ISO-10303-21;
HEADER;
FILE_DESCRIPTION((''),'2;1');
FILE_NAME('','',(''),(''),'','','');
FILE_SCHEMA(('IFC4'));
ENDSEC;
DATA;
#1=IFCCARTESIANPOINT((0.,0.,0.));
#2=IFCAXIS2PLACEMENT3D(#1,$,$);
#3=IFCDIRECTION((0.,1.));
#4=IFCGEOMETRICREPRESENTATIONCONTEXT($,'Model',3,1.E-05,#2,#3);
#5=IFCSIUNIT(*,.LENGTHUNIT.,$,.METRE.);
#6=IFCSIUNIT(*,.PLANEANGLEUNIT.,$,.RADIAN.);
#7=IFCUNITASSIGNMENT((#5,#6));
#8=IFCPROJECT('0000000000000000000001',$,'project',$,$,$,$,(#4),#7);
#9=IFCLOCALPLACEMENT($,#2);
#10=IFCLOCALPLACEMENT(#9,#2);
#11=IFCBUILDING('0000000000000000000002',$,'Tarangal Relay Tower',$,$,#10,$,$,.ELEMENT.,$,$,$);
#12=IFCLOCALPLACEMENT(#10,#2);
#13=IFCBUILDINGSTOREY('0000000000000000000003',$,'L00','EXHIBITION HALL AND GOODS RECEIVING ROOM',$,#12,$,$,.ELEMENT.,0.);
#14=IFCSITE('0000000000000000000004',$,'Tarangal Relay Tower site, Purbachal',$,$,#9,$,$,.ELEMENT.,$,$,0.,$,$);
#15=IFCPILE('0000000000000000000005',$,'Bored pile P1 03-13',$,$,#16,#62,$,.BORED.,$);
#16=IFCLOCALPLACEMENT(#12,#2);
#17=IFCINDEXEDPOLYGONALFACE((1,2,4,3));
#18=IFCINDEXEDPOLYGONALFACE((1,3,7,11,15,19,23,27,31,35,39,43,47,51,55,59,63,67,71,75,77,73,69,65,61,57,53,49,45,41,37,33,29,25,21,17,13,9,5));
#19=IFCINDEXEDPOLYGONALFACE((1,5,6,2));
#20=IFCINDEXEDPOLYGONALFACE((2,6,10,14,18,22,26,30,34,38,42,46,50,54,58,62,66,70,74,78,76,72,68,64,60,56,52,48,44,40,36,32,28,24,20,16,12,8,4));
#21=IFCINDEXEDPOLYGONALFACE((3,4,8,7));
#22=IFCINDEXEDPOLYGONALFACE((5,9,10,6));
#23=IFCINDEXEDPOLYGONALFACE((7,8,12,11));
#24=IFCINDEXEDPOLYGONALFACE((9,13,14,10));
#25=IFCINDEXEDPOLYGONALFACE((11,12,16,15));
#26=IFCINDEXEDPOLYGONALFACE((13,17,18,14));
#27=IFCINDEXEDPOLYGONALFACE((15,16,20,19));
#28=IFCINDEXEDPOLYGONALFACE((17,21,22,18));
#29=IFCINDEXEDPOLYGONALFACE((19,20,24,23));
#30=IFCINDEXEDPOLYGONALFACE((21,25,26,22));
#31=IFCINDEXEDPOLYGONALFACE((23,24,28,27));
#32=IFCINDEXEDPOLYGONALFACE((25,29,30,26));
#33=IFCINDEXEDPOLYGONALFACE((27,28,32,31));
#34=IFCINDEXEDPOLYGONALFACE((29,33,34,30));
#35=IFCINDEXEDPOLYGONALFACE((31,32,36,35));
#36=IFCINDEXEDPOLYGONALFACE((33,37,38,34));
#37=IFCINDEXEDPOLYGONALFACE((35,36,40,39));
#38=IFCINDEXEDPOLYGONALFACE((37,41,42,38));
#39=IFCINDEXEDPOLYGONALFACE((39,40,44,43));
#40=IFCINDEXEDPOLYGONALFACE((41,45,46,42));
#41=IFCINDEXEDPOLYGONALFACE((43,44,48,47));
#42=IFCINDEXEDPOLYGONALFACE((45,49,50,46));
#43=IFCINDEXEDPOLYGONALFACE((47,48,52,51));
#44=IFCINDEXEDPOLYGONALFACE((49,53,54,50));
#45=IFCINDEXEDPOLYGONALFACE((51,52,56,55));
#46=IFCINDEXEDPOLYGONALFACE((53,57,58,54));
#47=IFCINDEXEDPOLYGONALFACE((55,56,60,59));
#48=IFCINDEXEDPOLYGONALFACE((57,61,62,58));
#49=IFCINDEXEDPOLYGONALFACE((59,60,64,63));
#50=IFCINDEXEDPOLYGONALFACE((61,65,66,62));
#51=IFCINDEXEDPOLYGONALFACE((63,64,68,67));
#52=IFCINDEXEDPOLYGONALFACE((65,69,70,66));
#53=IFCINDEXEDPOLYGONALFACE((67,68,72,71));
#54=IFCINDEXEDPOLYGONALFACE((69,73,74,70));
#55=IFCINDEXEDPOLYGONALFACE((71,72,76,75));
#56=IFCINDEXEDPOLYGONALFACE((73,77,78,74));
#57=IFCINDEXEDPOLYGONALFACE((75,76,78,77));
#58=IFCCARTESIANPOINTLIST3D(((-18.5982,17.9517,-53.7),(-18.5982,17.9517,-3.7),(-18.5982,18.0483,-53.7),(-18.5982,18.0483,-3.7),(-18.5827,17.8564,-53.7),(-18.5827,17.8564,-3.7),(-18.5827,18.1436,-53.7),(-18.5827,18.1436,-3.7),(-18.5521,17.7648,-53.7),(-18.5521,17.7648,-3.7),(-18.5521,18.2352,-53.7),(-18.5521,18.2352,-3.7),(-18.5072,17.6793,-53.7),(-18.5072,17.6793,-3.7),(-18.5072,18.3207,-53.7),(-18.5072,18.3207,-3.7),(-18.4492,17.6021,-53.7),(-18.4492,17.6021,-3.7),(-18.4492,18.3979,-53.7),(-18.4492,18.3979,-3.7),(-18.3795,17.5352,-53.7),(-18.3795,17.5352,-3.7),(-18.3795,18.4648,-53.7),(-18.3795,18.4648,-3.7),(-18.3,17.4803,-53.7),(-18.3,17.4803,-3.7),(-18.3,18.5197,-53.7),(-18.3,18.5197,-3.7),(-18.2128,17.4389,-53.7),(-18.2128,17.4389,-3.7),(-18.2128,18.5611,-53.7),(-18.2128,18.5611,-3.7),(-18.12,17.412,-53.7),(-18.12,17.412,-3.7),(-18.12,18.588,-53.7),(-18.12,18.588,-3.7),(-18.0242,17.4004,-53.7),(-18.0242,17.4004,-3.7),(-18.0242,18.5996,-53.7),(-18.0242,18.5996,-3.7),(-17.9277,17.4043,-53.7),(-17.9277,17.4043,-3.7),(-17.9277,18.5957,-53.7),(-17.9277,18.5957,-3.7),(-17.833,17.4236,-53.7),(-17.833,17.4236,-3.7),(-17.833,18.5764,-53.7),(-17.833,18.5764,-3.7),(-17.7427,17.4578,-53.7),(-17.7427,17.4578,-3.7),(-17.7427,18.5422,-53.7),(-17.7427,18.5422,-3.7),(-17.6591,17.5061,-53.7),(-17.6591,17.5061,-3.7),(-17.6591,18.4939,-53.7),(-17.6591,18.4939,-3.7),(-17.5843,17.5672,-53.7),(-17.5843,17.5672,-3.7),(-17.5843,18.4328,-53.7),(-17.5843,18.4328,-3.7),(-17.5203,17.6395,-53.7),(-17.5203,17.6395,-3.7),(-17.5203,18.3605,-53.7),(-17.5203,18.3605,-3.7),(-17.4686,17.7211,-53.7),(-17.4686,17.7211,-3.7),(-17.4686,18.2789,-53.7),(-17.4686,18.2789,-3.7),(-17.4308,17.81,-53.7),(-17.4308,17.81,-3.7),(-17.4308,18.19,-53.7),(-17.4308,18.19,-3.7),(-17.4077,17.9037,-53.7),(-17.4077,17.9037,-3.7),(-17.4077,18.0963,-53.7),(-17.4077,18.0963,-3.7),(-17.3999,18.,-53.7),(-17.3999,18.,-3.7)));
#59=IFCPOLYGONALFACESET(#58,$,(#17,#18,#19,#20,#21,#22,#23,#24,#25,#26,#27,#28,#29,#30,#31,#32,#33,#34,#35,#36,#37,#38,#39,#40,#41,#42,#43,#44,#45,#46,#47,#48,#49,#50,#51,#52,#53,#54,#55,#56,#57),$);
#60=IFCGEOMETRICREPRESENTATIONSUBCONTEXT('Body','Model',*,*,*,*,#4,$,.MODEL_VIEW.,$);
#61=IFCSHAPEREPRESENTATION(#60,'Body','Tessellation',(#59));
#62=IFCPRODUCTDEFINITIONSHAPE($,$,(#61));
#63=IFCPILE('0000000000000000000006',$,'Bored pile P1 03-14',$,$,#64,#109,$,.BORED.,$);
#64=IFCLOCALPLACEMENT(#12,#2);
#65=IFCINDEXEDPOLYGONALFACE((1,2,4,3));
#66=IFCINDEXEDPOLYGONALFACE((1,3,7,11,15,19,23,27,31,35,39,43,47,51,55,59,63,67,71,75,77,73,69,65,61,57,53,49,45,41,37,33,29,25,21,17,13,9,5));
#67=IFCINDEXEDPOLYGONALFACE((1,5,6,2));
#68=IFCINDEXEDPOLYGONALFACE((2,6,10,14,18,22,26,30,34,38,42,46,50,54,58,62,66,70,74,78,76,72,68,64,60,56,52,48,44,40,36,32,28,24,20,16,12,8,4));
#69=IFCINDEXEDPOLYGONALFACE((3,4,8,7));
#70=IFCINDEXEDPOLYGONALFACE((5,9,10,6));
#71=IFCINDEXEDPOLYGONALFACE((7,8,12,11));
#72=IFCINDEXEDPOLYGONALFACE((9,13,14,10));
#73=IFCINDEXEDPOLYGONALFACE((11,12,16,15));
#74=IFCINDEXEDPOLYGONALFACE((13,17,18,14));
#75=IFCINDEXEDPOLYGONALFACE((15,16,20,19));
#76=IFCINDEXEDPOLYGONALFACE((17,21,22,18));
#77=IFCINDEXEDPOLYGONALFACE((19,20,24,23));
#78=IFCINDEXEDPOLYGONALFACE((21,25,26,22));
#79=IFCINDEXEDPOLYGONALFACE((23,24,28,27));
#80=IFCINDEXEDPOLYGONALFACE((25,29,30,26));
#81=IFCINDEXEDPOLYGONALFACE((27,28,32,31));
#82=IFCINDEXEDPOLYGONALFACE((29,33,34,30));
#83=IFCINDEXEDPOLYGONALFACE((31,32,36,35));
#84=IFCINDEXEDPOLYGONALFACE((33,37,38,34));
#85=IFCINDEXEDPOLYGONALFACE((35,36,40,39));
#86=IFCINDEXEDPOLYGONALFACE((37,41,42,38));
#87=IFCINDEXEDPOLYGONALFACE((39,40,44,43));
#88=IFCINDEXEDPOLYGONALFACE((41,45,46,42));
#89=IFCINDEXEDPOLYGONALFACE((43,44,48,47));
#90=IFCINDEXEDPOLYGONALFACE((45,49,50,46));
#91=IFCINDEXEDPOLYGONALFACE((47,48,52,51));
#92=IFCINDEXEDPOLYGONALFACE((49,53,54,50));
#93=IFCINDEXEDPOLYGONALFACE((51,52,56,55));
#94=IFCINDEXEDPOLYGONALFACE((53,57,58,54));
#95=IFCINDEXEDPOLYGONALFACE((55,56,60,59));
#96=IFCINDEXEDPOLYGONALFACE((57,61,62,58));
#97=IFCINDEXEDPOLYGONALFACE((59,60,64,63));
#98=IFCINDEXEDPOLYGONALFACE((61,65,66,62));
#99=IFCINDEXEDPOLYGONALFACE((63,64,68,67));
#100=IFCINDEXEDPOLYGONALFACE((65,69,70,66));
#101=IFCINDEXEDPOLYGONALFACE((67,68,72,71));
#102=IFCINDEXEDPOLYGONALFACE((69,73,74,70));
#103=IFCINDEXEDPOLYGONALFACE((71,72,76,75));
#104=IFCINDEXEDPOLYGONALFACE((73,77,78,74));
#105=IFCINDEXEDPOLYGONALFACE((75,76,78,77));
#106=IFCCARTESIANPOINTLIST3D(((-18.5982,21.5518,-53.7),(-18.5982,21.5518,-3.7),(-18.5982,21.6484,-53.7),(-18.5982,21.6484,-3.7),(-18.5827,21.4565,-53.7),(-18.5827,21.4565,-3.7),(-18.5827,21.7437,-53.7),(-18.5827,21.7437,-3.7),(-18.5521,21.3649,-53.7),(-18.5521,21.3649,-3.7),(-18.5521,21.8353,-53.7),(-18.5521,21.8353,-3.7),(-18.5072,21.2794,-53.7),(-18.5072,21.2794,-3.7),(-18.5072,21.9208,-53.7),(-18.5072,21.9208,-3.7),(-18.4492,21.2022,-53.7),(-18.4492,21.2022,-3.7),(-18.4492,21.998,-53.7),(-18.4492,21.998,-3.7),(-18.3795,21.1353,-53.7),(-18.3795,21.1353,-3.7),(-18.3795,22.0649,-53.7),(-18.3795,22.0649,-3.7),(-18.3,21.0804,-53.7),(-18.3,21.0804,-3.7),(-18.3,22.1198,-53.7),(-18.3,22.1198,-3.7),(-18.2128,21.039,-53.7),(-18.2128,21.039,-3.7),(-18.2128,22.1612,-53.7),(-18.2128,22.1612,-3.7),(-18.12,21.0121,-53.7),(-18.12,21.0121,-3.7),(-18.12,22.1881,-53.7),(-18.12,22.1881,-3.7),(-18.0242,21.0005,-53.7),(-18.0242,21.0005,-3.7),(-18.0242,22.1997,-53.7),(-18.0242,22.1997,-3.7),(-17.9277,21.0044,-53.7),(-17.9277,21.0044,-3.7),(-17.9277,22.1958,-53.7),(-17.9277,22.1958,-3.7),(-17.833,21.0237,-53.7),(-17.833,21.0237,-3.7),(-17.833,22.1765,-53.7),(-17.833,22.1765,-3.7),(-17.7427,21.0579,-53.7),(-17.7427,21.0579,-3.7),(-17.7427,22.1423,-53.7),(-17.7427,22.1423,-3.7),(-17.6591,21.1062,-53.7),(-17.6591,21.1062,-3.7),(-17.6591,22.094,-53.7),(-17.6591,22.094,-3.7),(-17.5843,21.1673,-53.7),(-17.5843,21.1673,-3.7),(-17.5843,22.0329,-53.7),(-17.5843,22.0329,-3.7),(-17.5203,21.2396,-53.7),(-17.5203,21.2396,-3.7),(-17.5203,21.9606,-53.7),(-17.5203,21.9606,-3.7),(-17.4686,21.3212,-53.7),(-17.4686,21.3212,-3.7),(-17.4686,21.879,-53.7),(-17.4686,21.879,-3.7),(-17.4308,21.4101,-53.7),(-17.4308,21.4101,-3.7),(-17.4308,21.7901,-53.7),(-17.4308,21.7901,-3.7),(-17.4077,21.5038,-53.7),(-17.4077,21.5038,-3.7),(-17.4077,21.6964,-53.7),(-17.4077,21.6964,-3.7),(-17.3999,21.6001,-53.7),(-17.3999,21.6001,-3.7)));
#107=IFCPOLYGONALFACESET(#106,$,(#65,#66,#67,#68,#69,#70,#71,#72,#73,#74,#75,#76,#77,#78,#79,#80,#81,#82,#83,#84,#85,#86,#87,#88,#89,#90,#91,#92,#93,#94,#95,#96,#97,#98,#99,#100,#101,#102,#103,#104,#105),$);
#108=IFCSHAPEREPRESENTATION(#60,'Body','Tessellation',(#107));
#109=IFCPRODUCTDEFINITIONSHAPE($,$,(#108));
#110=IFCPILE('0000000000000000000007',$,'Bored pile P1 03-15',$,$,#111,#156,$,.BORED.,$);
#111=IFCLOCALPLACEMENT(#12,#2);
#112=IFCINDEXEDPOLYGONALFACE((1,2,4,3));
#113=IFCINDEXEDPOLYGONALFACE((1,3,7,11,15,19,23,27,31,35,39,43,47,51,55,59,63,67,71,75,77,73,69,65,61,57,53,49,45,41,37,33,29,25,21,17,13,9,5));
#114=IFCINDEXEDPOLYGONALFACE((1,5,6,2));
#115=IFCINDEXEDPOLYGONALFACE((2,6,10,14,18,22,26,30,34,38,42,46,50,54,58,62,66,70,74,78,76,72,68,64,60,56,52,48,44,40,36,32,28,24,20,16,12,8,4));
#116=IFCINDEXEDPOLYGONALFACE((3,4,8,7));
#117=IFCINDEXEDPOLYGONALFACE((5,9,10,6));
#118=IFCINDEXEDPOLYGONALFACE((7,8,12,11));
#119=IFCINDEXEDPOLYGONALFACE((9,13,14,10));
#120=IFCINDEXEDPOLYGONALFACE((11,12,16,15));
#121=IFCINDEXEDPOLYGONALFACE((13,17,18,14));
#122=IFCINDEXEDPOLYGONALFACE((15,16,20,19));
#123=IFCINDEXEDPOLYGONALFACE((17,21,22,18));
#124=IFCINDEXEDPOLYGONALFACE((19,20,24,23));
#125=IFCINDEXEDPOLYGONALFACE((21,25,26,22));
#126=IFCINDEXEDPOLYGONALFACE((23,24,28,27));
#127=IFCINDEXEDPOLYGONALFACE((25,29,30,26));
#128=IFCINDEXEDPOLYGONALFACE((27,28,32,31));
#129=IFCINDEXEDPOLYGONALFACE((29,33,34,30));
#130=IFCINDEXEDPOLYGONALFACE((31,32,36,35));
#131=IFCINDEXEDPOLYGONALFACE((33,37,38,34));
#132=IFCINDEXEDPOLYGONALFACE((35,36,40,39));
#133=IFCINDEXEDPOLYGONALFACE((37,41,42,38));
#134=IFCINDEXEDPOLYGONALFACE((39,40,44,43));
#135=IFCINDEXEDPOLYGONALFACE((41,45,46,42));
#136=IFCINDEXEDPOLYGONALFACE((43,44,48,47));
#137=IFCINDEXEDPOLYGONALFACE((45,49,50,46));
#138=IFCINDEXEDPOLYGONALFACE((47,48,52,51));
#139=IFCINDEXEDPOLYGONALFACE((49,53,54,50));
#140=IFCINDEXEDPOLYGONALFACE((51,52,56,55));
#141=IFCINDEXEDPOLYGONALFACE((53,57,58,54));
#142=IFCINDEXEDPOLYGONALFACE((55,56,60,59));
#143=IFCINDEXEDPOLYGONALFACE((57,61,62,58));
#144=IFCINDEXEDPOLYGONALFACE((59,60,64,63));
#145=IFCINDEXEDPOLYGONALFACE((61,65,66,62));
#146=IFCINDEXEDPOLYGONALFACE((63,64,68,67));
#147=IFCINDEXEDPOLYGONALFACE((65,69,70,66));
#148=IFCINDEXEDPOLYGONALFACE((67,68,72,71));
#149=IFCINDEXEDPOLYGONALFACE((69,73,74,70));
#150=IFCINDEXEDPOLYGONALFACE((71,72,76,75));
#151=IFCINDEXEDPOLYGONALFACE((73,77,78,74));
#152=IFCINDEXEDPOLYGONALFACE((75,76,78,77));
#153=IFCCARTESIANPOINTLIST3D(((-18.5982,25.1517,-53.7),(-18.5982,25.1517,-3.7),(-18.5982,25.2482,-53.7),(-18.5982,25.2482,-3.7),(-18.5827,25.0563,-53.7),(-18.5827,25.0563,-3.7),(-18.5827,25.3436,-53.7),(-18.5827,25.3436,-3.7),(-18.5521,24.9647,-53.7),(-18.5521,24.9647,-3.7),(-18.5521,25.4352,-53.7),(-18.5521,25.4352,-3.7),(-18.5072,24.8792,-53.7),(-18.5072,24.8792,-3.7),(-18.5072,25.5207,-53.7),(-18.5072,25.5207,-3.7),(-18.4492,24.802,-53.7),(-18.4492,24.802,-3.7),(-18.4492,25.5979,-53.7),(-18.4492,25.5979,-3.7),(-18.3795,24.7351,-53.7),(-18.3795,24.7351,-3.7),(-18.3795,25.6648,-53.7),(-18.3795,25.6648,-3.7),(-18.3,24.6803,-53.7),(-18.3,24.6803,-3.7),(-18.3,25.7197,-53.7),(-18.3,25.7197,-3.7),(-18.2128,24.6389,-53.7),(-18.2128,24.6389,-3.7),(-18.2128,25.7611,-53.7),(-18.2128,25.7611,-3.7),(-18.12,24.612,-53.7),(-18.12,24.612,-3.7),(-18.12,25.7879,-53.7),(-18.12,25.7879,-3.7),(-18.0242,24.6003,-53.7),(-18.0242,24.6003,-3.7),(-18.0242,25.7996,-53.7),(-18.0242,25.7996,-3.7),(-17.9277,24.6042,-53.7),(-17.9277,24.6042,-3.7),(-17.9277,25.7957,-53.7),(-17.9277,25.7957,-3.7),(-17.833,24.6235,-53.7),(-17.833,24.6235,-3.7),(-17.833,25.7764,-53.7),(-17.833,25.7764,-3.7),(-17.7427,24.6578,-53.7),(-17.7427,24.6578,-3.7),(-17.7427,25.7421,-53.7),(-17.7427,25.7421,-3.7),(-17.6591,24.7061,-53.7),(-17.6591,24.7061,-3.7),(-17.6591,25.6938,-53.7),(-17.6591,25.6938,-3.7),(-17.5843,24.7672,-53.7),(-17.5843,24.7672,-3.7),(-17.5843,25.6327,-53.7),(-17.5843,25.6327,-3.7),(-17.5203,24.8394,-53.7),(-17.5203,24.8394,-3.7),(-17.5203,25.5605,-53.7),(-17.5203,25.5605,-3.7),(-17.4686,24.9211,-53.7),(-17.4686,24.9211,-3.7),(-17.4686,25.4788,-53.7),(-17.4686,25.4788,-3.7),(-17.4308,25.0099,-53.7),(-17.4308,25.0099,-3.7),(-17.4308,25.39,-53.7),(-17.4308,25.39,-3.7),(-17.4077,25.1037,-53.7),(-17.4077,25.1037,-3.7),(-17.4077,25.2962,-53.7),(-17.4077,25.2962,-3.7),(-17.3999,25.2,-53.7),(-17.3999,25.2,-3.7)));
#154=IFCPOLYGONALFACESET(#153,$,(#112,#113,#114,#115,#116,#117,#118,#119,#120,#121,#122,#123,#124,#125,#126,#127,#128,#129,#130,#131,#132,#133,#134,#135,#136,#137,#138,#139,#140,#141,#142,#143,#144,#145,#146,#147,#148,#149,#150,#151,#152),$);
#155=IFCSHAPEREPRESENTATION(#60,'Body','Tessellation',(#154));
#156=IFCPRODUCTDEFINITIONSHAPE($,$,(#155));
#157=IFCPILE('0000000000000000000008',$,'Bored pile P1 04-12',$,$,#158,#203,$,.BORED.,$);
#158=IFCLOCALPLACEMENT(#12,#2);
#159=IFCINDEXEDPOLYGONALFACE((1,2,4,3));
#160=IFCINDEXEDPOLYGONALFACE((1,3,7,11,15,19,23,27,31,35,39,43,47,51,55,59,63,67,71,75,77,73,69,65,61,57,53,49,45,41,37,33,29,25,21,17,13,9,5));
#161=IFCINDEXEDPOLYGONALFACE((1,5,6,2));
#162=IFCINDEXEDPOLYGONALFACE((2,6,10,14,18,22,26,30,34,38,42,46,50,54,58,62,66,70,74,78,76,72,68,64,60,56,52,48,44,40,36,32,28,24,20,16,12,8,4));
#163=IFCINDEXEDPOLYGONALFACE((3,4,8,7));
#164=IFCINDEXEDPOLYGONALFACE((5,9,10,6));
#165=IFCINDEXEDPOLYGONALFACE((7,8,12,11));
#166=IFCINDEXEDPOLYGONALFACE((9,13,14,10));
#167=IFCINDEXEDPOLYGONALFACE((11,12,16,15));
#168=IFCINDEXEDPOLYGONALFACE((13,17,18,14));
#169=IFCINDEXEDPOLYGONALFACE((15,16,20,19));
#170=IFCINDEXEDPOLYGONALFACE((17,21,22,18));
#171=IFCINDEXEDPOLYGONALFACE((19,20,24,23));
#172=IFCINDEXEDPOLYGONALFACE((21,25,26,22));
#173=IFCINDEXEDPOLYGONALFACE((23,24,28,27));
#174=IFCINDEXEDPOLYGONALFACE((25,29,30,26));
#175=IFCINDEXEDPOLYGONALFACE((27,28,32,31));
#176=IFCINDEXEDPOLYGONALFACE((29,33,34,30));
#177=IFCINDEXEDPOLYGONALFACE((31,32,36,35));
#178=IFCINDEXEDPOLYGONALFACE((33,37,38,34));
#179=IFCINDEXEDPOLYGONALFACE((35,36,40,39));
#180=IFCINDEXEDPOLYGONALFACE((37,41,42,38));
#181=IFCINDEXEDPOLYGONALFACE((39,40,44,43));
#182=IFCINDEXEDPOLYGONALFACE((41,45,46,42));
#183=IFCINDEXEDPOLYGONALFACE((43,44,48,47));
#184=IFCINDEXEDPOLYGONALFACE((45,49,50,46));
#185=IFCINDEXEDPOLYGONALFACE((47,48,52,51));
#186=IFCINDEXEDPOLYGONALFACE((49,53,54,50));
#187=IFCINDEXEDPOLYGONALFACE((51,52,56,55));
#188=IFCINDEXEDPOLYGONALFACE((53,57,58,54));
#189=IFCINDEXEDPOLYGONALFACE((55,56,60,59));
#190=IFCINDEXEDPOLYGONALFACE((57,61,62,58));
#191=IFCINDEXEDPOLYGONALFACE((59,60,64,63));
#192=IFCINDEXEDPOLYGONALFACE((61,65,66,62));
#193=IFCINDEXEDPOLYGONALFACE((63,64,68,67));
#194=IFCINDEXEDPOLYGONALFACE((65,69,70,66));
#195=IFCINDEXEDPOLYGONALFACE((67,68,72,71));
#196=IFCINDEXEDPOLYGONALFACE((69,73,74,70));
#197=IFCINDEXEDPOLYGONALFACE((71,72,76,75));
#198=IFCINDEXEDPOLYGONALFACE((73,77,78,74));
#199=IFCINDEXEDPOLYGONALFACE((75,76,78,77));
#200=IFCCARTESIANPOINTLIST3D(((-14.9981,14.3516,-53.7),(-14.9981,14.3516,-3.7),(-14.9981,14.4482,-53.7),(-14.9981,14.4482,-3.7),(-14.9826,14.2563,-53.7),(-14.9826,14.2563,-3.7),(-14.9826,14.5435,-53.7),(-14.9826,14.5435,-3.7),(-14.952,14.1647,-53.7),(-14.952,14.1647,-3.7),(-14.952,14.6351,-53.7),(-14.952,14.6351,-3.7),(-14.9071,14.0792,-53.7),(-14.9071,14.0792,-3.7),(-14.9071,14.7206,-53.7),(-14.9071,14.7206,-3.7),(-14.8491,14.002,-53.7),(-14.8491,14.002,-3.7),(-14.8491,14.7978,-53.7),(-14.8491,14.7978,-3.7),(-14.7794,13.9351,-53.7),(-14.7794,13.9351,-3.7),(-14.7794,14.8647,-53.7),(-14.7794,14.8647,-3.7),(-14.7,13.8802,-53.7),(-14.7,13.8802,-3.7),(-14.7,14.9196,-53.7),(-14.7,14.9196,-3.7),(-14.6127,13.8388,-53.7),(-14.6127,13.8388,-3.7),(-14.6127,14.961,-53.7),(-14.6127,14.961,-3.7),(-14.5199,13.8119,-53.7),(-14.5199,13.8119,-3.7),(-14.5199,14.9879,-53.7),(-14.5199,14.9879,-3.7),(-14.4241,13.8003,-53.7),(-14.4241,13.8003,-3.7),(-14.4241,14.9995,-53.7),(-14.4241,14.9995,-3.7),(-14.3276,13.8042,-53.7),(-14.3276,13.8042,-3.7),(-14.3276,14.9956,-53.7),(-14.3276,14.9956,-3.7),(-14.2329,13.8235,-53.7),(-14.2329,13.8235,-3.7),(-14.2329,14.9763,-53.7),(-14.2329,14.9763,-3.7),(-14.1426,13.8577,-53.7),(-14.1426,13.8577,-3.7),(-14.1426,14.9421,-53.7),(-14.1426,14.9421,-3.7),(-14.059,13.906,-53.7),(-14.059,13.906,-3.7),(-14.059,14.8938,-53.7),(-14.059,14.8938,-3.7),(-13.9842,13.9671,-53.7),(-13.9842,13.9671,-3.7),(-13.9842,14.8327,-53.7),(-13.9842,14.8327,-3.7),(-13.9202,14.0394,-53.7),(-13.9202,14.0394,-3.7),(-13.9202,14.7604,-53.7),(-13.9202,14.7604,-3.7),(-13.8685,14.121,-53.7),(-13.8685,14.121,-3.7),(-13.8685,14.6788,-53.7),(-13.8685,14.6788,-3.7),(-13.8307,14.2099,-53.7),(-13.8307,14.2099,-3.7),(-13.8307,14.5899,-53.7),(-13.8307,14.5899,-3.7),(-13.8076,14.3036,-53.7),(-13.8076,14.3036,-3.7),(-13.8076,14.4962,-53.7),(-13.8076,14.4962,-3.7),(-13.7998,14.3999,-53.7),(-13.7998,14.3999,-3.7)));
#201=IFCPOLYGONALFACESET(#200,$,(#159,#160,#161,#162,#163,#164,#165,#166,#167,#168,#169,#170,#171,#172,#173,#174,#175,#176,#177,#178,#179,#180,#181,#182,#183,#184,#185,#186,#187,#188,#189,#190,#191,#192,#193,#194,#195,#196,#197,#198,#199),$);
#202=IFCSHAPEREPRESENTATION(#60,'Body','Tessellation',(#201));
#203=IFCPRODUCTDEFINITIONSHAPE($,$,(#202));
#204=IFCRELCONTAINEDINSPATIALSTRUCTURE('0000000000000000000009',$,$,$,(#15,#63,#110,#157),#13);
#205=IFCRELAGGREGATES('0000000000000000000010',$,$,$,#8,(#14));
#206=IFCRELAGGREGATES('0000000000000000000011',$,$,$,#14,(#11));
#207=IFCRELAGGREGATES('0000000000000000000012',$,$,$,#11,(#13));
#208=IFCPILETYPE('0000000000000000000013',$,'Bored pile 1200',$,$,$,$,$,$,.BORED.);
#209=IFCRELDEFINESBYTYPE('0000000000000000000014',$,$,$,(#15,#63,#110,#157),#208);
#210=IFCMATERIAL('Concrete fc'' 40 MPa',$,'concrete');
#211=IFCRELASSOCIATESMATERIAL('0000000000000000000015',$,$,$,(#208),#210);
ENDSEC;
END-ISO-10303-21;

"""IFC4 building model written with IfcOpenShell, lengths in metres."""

from ifc_helpers import new_model, si_unit, direction, frame, origin, origin_2d, place, context, subcontext, project, spatial, circle, extrude, material, material_profile, profile_set, type_object, element, save


model = new_model("IFC4")

# Units and contexts
model_context = context("Model", 3, precision=1e-05, world=origin(), true_north=direction((0.0, 1.0)))
body_context = subcontext(model_context, "Body", "Model", "MODEL_VIEW")
ifc_project = project(units=[si_unit("LENGTHUNIT", "METRE"), si_unit("PLANEANGLEUNIT", "RADIAN")], contexts=[model_context])

# Site, building, storey
site_placement = place(None, origin())
site = spatial("IfcSite", under=ifc_project, at=site_placement, Name="Tarangal Relay Tower site, Purbachal", CompositionType="ELEMENT", RefElevation=0.0)
building_placement = place(site_placement, origin())
building = spatial("IfcBuilding", under=site, at=building_placement, Name="Tarangal Relay Tower", CompositionType="ELEMENT")
storey_placement = place(building_placement, origin())
storey = spatial("IfcBuildingStorey", under=building, at=storey_placement, Name="L00", Description="EXHIBITION HALL AND GOODS RECEIVING ROOM", CompositionType="ELEMENT", Elevation=0.0)

# Piles
ifc_material_1 = material(Name="Concrete fc' 40 MPa", Category="concrete")
ifc_material_profile = material_profile(ifc_material_1, circle(Radius=0.6001, at=origin_2d()), Name="D1200")
ifc_profile_set = profile_set([ifc_material_profile], Name="Concrete fc' 40 MPa")
pile_type = type_object("IfcPileType", Name="Bored pile 1200", PredefinedType="BORED", material=ifc_profile_set)
for number, where, z_axis, x_axis, name in (
    (1, (-18.0, 18.0, -3.7), (0.0, 0.0, -1.0), (1.0, 0.0, 0.0), "Bored pile P1 03-13"),
    (2, (-18.0, 21.6001, -3.7), (0.0, 0.0, -1.0), (1.0, 0.0, 0.0), "Bored pile P1 03-14"),
    (3, (-18.0, 25.2, -3.7), (0.0, 0.0, -1.0), (1.0, 0.0, 0.0), "Bored pile P1 03-15"),
    (4, (-14.3999, 14.3999, -3.7), (0.0, 0.0, -1.0), (1.0, 0.0, 0.0), "Bored pile P1 04-12"),
):
    element("IfcPile", number, at=place(storey_placement, frame(where, z_axis=z_axis, x_axis=x_axis)), inside=storey, type_object=pile_type, Name=name, PredefinedType="BORED", context=body_context, shape_type="SweptSolid", body=[
        extrude(circle(Radius=0.6001, at=origin_2d()), origin(), (0.0, 0.0, 1.0), 50.0),
    ])

save(model, "model.ifc")
